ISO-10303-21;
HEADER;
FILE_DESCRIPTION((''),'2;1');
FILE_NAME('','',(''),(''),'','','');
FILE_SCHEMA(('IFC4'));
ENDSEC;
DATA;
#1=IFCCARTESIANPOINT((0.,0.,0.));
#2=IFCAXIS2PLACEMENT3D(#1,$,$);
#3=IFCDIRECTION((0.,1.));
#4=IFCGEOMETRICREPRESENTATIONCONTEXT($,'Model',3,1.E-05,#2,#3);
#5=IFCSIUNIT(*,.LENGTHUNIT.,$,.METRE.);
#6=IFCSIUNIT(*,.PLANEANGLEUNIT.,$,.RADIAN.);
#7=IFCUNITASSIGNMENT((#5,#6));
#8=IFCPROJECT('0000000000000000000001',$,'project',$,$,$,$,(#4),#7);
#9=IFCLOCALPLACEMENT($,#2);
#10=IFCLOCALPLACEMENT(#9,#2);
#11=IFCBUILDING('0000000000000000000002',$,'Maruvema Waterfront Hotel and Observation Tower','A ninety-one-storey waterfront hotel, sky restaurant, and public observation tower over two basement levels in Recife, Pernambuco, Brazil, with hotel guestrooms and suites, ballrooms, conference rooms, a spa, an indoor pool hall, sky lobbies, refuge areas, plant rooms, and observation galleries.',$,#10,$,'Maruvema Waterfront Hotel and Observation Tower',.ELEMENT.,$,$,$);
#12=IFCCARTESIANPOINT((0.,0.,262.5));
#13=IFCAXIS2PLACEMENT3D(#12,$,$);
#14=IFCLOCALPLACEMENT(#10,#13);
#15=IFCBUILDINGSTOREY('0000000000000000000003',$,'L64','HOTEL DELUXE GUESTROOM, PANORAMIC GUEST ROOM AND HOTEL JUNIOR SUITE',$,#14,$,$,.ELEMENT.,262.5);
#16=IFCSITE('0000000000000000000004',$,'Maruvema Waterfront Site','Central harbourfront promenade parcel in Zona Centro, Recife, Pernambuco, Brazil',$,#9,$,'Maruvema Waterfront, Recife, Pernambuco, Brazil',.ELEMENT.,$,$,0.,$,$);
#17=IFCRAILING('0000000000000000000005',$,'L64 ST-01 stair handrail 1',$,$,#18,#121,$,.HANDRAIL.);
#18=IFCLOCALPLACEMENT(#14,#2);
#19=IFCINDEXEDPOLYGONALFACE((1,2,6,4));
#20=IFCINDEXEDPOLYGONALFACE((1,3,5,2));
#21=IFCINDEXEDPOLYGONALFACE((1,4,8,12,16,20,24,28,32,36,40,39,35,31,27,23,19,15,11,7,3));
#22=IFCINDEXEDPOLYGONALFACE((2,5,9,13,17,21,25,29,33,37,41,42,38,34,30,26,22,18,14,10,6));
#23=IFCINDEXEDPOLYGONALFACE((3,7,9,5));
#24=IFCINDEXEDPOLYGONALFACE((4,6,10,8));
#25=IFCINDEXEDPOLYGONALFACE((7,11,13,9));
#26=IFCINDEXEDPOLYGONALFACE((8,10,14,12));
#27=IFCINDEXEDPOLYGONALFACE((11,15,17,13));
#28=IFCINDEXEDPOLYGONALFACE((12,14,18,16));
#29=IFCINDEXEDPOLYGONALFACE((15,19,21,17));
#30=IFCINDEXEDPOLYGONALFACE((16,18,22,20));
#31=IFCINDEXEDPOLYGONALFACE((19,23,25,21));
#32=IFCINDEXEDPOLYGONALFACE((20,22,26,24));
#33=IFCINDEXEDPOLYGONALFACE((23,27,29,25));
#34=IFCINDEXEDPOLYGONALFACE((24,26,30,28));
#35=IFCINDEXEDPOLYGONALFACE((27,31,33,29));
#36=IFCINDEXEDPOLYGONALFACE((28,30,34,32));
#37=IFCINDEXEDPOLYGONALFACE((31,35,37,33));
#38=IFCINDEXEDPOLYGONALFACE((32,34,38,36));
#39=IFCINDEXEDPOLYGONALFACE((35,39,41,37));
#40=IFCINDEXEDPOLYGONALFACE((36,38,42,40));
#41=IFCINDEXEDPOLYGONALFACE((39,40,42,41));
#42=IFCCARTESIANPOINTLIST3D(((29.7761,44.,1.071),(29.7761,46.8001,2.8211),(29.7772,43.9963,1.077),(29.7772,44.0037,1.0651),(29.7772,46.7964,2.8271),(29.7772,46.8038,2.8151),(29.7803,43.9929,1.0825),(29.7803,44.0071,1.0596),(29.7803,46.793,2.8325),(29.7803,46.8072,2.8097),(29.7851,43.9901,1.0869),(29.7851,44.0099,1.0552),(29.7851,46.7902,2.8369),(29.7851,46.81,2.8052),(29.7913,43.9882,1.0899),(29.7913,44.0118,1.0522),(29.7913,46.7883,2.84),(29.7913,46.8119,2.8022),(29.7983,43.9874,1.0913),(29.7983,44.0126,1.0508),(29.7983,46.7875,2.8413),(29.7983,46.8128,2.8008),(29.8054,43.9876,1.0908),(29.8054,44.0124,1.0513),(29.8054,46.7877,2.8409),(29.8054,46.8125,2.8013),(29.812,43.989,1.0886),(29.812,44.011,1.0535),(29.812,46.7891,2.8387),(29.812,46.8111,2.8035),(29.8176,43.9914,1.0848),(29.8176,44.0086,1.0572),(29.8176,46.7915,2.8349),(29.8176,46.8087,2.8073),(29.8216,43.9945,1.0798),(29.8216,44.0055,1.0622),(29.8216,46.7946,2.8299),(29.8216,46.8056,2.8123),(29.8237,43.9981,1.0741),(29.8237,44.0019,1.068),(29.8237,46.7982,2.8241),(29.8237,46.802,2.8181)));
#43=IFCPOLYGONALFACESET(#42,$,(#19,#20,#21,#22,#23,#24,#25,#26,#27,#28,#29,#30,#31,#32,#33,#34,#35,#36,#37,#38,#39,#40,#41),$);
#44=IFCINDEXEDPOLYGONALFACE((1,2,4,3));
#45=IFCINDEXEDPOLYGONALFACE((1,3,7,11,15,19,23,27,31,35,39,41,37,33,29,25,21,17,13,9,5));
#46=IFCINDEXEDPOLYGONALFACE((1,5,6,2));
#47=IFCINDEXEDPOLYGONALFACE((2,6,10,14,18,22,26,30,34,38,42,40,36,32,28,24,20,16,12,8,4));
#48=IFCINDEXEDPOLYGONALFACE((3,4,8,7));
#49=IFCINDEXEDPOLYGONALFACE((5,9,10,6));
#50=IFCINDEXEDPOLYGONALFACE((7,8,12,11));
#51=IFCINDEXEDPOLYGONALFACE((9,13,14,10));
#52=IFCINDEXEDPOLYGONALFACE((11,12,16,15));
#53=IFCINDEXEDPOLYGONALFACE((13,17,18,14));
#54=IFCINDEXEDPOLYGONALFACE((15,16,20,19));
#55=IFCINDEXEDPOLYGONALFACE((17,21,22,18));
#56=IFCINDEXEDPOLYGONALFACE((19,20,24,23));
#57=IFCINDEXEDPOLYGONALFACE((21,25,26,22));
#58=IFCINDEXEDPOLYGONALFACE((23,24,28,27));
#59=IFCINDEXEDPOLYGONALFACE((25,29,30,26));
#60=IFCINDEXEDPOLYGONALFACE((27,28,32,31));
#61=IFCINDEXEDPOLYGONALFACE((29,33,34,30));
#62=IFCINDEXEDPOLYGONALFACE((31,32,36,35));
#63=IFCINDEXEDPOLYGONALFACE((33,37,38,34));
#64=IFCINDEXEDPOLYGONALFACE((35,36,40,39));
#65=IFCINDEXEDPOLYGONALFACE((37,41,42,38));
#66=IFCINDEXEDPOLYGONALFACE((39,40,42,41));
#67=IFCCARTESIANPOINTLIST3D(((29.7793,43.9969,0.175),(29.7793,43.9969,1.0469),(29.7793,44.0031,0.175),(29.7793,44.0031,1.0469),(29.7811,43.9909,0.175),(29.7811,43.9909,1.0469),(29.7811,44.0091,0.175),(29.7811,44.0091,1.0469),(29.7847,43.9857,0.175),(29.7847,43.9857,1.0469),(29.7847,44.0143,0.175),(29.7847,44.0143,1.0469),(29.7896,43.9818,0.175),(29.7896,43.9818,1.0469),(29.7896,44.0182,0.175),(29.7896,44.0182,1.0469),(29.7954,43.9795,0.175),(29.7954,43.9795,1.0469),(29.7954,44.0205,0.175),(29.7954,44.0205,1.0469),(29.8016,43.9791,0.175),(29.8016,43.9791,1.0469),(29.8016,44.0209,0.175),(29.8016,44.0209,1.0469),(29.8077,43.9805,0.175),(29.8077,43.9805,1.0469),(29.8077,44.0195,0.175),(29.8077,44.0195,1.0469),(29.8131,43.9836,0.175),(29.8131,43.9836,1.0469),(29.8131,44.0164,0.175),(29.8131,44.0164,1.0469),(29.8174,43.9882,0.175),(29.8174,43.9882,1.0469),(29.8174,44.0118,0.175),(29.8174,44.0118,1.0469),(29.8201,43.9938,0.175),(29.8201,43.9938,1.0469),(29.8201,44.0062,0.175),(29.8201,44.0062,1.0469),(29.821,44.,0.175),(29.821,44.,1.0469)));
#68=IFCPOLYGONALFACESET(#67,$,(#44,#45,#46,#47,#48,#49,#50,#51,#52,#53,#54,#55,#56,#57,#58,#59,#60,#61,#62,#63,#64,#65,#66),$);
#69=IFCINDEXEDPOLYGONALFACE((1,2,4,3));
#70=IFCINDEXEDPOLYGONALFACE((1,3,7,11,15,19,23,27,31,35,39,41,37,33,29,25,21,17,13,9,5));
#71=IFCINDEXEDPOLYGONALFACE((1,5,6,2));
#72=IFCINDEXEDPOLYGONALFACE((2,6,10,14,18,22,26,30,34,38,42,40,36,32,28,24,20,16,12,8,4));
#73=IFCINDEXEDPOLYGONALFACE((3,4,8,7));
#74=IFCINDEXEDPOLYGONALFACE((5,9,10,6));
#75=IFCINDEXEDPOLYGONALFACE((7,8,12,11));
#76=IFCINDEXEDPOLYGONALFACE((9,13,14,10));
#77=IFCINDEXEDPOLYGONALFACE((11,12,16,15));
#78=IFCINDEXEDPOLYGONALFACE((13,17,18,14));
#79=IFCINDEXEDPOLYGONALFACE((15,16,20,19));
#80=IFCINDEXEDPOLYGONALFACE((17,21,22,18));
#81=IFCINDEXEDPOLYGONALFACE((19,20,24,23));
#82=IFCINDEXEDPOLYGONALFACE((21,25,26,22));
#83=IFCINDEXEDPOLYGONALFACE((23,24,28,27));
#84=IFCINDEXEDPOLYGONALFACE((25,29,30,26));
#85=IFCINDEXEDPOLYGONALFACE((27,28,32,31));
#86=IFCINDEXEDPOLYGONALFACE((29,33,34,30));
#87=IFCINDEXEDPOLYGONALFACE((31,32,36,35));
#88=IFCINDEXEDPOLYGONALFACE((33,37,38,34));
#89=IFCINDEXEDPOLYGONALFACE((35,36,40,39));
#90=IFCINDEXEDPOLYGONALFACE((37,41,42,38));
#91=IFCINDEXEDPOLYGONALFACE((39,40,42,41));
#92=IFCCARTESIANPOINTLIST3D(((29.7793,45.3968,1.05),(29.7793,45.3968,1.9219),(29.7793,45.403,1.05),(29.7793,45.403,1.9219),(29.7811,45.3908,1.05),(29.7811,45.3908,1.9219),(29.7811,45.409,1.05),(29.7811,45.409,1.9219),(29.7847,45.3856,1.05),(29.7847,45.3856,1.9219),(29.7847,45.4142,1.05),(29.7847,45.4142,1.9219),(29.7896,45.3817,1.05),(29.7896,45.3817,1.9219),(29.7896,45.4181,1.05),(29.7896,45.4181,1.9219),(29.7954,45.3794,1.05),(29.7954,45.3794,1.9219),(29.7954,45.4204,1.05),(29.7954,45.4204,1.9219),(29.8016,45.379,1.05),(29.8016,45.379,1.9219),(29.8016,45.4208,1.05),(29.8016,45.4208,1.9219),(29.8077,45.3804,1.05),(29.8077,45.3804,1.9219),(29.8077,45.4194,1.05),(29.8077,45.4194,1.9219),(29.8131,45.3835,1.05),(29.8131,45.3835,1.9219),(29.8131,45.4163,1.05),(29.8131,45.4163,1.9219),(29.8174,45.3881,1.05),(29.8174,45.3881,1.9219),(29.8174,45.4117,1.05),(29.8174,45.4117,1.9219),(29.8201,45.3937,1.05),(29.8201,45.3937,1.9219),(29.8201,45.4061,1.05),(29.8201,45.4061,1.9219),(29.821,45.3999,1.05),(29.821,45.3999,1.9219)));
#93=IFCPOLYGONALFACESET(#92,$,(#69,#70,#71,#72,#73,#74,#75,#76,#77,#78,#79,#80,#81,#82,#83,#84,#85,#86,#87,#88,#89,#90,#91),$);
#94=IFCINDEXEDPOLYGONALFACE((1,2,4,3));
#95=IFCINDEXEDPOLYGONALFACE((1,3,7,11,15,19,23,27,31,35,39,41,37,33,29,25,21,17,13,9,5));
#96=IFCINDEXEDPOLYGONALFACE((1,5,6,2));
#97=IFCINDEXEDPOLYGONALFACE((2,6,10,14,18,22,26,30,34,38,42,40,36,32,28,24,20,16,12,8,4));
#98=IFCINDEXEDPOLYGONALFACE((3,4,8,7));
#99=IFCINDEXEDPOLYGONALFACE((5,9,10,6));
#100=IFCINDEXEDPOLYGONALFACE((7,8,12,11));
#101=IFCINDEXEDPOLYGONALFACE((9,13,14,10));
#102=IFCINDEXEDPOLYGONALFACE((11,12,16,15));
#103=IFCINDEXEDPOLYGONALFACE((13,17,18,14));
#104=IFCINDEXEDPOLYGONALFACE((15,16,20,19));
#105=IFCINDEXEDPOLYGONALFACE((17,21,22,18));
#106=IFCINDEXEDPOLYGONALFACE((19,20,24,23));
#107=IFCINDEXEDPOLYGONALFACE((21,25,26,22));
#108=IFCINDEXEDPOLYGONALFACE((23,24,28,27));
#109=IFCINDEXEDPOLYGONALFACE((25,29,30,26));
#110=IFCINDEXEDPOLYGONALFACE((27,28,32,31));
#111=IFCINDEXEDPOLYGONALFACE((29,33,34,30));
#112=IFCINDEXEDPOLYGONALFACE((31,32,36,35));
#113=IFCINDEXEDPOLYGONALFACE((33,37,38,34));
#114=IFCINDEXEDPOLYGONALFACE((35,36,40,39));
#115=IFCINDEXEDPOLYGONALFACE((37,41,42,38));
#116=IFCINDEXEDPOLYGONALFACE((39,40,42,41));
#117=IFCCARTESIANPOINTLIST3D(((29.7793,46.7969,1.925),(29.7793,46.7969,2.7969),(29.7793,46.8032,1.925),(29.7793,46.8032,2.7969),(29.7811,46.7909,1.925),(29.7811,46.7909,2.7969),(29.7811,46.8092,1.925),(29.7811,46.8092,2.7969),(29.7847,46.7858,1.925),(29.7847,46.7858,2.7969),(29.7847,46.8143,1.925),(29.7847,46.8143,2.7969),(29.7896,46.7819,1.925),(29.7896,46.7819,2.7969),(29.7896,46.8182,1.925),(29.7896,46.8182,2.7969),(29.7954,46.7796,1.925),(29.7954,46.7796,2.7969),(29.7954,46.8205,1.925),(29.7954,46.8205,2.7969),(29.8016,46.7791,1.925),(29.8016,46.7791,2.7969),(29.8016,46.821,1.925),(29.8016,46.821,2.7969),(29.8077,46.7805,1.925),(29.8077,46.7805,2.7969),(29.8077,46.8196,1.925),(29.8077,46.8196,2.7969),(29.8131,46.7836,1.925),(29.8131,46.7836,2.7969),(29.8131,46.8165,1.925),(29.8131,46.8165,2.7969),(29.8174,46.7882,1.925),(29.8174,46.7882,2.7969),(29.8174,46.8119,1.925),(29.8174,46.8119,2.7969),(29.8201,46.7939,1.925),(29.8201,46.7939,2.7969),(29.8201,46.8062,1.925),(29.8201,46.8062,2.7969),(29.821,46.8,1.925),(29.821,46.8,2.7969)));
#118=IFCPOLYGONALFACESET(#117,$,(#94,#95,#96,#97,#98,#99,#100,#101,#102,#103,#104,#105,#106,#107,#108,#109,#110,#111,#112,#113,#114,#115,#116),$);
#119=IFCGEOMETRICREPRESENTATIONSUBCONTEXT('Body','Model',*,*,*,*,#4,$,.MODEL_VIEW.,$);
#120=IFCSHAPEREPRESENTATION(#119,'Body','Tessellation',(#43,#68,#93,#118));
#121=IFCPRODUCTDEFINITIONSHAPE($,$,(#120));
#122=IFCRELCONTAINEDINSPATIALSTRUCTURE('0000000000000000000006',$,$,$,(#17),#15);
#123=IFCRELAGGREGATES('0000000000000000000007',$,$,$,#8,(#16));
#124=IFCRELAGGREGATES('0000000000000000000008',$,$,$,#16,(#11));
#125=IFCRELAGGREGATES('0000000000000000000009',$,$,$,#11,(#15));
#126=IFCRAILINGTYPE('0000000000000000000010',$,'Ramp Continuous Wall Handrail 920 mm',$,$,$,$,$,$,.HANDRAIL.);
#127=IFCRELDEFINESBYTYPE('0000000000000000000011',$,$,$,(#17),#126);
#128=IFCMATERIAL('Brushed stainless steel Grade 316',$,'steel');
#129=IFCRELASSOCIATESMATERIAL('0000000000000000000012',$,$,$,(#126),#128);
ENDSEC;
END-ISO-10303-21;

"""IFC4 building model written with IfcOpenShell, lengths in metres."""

from ifc_helpers import new_model, si_unit, direction, frame, origin, origin_2d, place, context, subcontext, project, spatial, circle, extrude, material, type_object, element, save


model = new_model("IFC4")

# Units and contexts
model_context = context("Model", 3, precision=1e-05, world=origin(), true_north=direction((0.0, 1.0)))
body_context = subcontext(model_context, "Body", "Model", "MODEL_VIEW")
ifc_project = project(units=[si_unit("LENGTHUNIT", "METRE"), si_unit("PLANEANGLEUNIT", "RADIAN")], contexts=[model_context])

# Site, building, storey
site_placement = place(None, origin())
site = spatial("IfcSite", under=ifc_project, at=site_placement, Name="Maruvema Waterfront Site", Description="Central harbourfront promenade parcel in Zona Centro, Recife, Pernambuco, Brazil", LongName="Maruvema Waterfront, Recife, Pernambuco, Brazil", CompositionType="ELEMENT", RefElevation=0.0)
building_placement = place(site_placement, origin())
building = spatial("IfcBuilding", under=site, at=building_placement, Name="Maruvema Waterfront Hotel and Observation Tower", Description="A ninety-one-storey waterfront hotel, sky restaurant, and public observation tower over two basement levels in Recife, Pernambuco, Brazil, with hotel guestrooms and suites, ballrooms, conference rooms, a spa, an indoor pool hall, sky lobbies, refuge areas, plant rooms, and observation galleries.", LongName="Maruvema Waterfront Hotel and Observation Tower", CompositionType="ELEMENT")
storey_placement = place(building_placement, frame((0.0, 0.0, 262.5)))
storey = spatial("IfcBuildingStorey", under=building, at=storey_placement, Name="L64", Description="HOTEL DELUXE GUESTROOM, PANORAMIC GUEST ROOM AND HOTEL JUNIOR SUITE", CompositionType="ELEMENT", Elevation=262.5)

# Railing
ifc_material_1 = material(Name="Brushed stainless steel Grade 316", Category="steel")
railing_type_1 = type_object("IfcRailingType", Name="Ramp Continuous Wall Handrail 920 mm", PredefinedType="HANDRAIL", material=ifc_material_1)
railing_1_placement = place(storey_placement, frame((29.8, 44.0, 0.175)))
element("IfcRailing", 1, at=railing_1_placement, inside=storey, type_object=railing_type_1, Name="L64 ST-01 stair handrail 1", PredefinedType="HANDRAIL", context=body_context, shape_type="SweptSolid", body=[
    extrude(circle(Radius=0.0239, at=origin_2d()), frame((0.0, 0.0, 0.896), z_axis=(0.0, 0.848002, 0.529992), x_axis=(-1.0, 0.0, 0.0)), (0.0, 0.0, 1.0), 3.302),
    extrude(circle(Radius=0.021, at=origin_2d()), origin(), (0.0, 0.0, 1.0), 0.8718),
    extrude(circle(Radius=0.021, at=origin_2d()), frame((0.0, 1.3999, 0.875)), (0.0, 0.0, 1.0), 0.8718),
    extrude(circle(Radius=0.021, at=origin_2d()), frame((0.0, 2.8, 1.75)), (0.0, 0.0, 1.0), 0.8718),
])

save(model, "model.ifc")
